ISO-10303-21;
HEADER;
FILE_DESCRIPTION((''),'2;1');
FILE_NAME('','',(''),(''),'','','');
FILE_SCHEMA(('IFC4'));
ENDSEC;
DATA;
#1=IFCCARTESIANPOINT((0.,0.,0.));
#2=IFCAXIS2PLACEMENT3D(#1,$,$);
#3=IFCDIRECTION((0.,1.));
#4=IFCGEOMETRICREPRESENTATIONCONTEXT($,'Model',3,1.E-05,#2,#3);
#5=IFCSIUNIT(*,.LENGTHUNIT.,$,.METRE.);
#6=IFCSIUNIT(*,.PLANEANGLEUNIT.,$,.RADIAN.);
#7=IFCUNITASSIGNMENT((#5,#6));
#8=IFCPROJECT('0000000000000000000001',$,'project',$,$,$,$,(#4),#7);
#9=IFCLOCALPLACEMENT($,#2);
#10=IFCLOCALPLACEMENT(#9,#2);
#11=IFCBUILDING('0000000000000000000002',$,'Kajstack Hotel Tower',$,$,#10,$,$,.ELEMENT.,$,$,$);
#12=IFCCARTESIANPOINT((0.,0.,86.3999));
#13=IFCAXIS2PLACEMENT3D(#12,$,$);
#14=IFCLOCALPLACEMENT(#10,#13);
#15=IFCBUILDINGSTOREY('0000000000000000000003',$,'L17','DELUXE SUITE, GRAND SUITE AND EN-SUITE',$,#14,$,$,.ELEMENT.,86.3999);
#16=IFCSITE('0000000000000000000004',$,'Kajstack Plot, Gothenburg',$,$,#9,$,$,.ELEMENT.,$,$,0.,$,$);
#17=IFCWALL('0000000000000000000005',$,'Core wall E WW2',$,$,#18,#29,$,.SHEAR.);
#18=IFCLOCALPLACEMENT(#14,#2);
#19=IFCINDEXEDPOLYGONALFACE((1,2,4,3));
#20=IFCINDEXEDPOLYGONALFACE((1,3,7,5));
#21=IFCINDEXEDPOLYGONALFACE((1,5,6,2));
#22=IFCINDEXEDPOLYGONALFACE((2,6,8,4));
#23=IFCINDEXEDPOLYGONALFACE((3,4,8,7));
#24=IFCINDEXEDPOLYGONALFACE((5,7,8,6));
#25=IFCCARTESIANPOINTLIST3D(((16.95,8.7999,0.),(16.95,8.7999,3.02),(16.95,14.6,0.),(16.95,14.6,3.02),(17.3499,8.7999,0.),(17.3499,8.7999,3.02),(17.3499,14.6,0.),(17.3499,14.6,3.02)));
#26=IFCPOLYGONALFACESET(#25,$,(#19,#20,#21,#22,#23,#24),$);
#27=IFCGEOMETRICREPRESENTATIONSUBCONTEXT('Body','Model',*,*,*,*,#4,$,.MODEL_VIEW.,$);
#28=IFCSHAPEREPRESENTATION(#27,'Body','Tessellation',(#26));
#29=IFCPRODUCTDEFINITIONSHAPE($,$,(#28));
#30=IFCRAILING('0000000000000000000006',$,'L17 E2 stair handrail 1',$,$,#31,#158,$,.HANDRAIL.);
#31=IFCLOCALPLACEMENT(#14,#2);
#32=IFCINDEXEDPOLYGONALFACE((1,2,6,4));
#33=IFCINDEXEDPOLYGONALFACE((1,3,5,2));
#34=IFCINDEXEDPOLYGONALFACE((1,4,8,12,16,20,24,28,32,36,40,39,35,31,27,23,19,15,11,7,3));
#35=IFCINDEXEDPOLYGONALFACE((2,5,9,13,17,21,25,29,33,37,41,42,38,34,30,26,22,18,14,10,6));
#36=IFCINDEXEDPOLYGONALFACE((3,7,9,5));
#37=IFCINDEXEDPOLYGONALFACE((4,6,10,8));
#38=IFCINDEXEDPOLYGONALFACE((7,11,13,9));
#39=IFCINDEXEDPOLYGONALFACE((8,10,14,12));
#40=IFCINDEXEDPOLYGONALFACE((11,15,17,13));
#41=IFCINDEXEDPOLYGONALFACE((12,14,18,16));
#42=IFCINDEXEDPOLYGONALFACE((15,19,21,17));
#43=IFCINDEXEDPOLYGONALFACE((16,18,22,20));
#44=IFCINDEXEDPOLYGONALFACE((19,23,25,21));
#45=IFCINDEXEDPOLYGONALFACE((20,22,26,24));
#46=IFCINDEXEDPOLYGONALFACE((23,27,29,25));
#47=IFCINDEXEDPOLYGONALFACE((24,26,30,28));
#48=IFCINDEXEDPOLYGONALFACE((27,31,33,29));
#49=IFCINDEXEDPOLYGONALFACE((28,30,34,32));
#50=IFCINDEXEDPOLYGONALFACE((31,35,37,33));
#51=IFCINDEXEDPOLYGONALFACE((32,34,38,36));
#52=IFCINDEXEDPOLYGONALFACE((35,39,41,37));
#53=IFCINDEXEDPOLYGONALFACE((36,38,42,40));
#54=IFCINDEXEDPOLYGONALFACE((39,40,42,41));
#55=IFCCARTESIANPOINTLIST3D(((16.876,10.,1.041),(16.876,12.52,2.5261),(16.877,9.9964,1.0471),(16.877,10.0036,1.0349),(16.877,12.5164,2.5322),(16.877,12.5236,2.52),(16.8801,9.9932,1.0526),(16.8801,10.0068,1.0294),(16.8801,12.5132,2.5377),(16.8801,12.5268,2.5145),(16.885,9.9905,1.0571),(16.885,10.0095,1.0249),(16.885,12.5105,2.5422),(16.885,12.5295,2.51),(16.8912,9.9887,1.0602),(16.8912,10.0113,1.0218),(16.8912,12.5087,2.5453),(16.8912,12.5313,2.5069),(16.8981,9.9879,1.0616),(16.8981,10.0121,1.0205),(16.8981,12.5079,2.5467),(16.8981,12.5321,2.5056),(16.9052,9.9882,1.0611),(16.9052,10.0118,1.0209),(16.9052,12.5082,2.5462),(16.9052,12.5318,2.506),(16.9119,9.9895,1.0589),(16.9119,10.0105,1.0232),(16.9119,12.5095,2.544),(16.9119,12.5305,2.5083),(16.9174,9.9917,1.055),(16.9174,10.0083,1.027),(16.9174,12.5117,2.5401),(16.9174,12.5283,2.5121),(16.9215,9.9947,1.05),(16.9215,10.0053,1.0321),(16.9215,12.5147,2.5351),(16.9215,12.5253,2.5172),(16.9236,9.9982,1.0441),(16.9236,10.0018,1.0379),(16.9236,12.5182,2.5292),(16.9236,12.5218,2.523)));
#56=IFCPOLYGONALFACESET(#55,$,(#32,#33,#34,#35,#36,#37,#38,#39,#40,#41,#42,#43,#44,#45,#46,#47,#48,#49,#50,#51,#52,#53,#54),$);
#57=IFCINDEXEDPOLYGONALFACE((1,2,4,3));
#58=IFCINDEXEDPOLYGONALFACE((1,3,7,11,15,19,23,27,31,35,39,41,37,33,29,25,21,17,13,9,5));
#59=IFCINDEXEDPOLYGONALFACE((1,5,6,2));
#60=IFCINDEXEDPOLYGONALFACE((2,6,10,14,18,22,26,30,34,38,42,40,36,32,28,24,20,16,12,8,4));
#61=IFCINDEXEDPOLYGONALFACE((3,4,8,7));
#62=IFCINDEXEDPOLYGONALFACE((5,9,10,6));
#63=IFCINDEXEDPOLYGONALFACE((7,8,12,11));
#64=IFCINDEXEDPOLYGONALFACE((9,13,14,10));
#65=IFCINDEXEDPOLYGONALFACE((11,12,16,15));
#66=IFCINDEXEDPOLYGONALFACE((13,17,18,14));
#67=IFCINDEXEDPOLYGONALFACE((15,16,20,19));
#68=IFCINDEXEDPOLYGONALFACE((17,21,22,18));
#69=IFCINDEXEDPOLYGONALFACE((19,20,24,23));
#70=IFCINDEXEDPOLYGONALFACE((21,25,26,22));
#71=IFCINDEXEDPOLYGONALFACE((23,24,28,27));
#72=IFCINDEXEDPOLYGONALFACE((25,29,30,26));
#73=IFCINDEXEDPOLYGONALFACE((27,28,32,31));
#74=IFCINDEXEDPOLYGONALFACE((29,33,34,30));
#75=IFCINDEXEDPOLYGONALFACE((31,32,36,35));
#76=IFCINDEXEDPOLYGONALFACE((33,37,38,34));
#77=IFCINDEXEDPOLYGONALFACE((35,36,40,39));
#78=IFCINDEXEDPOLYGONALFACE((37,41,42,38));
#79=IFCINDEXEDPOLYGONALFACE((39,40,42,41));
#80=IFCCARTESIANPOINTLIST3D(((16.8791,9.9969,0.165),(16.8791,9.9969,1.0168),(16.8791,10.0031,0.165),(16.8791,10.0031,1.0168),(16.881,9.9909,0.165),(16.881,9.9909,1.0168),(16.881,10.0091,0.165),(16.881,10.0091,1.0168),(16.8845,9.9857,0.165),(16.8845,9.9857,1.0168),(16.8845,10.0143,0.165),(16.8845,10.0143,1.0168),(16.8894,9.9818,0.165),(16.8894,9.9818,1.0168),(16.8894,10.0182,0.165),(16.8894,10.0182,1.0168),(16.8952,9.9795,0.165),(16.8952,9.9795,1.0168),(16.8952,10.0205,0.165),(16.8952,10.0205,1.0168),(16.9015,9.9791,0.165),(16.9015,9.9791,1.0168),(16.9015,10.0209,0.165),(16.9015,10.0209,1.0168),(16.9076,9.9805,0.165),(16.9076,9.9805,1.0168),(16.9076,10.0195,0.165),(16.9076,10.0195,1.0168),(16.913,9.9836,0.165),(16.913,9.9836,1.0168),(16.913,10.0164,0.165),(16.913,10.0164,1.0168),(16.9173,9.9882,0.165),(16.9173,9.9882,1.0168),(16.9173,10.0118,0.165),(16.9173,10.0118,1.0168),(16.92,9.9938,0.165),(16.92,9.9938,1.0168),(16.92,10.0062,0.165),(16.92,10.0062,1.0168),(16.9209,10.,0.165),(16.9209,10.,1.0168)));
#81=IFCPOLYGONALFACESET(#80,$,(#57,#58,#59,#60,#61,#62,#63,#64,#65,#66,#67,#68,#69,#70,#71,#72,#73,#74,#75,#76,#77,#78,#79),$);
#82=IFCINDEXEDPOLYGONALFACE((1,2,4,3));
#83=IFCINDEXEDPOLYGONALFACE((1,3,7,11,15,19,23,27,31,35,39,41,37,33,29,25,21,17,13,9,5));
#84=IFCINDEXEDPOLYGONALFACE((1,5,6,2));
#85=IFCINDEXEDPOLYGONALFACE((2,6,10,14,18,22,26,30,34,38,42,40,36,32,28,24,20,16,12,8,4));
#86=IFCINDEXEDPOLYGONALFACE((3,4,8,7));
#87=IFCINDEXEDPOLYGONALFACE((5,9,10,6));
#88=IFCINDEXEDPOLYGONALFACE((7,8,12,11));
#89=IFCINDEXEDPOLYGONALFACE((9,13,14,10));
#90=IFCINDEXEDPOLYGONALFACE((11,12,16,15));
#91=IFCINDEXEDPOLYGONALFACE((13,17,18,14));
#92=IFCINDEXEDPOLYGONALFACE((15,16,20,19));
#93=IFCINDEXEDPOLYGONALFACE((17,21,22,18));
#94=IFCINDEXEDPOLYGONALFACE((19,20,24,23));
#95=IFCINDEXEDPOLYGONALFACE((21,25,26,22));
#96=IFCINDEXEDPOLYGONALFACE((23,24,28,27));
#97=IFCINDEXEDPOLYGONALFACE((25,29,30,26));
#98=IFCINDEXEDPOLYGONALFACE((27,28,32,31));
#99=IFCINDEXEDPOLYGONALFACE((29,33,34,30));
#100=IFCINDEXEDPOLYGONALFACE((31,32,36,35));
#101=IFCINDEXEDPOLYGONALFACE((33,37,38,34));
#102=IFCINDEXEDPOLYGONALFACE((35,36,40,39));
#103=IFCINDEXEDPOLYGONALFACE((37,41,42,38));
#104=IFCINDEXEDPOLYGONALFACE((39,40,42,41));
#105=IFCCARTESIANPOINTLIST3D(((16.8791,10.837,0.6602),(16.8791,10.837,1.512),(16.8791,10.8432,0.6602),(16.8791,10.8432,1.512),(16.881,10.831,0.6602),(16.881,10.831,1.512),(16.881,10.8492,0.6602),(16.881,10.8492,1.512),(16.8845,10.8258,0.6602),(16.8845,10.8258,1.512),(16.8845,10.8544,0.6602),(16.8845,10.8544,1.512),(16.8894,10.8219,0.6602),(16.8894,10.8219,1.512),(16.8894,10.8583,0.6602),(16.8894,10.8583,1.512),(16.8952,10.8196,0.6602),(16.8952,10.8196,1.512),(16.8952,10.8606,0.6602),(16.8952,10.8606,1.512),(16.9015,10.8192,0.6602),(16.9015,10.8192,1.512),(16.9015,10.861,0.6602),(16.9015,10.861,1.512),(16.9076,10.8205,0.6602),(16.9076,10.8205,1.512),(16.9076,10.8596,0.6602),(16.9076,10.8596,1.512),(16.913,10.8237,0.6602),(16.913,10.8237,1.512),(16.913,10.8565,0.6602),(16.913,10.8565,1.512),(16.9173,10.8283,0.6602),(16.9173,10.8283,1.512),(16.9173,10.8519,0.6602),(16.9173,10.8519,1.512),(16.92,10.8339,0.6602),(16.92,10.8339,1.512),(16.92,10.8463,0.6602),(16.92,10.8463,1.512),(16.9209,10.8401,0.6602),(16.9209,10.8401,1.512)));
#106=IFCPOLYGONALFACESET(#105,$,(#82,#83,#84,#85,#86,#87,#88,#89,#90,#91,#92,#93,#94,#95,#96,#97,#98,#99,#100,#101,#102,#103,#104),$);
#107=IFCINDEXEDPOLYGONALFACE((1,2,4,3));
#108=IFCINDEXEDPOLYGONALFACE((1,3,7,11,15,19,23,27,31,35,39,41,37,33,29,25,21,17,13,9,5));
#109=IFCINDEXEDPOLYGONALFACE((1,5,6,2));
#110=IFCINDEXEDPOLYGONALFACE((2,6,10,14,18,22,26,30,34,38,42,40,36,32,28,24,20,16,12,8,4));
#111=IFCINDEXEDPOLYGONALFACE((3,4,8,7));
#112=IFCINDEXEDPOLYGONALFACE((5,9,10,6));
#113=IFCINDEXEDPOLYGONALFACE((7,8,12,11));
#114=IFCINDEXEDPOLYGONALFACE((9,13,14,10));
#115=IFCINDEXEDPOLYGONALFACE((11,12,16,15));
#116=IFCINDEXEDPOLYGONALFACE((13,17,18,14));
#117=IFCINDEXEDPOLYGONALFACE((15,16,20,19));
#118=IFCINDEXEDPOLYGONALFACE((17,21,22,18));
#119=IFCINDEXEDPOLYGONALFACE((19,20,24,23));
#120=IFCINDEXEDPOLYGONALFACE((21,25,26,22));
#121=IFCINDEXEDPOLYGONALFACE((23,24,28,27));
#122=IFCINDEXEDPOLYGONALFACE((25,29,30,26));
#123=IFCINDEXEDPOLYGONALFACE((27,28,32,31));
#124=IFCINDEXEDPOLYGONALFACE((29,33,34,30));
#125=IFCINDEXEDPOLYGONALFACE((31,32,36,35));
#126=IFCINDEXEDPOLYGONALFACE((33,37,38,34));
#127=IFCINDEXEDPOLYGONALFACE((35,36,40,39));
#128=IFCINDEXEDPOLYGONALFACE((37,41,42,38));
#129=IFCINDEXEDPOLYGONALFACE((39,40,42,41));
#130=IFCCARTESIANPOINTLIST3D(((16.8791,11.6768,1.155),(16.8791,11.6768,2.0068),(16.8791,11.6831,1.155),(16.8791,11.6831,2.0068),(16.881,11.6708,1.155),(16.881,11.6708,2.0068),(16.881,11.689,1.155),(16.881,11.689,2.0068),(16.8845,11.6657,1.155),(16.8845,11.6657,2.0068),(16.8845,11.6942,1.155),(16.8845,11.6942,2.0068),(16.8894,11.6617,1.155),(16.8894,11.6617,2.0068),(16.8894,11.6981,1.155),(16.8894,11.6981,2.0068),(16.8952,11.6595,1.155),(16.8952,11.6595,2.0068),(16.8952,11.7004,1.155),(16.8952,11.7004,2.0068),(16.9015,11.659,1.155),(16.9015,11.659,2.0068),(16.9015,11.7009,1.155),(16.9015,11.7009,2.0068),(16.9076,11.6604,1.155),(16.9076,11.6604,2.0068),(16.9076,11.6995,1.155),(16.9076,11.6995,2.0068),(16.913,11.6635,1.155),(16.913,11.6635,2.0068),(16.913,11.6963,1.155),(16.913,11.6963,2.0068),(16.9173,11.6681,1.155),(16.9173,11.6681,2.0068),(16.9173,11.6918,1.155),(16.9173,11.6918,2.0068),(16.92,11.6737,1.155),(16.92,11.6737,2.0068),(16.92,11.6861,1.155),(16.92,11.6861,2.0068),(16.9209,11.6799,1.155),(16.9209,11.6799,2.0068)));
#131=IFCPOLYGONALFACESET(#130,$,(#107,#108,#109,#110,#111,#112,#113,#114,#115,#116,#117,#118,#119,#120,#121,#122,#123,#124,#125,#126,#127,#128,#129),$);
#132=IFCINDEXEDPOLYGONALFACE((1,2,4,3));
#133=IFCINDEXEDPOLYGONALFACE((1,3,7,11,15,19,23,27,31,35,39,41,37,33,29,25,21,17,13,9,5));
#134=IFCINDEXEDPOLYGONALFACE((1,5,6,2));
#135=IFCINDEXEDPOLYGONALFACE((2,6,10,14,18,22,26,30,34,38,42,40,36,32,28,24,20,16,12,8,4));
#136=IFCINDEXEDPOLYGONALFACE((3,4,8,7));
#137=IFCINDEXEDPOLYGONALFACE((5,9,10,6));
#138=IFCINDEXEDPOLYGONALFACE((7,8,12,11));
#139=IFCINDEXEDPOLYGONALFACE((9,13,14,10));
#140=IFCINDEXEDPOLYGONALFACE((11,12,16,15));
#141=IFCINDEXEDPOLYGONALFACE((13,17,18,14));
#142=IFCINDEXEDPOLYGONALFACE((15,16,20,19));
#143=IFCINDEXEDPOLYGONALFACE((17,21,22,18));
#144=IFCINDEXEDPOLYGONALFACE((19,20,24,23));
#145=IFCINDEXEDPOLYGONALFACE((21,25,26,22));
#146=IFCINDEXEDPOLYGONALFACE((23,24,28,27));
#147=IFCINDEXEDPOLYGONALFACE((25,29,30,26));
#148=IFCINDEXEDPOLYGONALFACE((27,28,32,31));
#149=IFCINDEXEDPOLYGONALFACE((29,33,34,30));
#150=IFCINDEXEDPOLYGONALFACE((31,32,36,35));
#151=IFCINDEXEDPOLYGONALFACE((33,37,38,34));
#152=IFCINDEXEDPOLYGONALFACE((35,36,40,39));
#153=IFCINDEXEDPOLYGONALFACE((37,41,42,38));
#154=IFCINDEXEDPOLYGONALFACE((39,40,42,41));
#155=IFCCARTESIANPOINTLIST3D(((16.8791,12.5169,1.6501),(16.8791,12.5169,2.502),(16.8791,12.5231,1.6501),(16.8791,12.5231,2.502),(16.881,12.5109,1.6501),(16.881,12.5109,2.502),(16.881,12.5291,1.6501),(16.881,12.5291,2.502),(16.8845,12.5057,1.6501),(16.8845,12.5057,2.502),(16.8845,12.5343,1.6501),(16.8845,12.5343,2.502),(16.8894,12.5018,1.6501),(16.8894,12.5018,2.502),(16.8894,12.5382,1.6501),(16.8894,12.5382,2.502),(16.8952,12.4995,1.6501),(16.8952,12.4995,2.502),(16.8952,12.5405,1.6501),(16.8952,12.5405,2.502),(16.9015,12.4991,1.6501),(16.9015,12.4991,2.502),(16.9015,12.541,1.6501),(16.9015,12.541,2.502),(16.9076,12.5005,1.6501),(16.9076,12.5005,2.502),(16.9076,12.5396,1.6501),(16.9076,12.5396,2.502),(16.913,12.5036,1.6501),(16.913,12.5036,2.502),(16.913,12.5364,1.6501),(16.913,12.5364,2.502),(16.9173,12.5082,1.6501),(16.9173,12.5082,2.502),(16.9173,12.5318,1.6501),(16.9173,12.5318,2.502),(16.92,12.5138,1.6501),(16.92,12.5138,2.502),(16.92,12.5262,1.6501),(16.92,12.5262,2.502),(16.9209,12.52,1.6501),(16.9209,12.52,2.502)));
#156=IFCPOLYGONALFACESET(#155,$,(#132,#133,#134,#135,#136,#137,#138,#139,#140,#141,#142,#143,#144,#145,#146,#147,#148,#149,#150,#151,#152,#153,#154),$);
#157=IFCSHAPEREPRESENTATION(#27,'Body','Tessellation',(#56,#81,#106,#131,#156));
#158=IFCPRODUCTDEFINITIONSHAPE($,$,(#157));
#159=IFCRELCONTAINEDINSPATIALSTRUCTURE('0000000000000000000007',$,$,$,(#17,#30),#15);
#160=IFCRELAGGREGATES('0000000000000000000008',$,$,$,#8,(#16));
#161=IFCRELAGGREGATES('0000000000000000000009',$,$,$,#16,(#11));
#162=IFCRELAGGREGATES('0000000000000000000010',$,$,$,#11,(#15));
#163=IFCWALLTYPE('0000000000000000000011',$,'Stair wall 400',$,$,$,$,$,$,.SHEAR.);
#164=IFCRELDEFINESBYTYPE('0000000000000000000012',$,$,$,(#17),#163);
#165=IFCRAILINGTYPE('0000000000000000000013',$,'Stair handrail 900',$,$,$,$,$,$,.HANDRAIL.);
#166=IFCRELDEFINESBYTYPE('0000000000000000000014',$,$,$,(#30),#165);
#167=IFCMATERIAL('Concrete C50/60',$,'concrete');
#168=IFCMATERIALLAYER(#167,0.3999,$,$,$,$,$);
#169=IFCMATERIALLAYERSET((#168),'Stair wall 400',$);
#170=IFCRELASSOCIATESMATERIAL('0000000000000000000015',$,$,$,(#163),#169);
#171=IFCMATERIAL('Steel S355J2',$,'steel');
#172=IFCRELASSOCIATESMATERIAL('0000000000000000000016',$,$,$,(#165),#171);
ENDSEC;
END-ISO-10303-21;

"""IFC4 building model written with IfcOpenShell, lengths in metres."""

from ifc_helpers import new_model, si_unit, direction, frame, frame_2d, origin, origin_2d, place, context, subcontext, project, spatial, rectangle, circle, extrude, material, layer, layer_set, type_object, element, save


model = new_model("IFC4")

# Units and contexts
model_context = context("Model", 3, precision=1e-05, world=origin(), true_north=direction((0.0, 1.0)))
body_context = subcontext(model_context, "Body", "Model", "MODEL_VIEW")
ifc_project = project(units=[si_unit("LENGTHUNIT", "METRE"), si_unit("PLANEANGLEUNIT", "RADIAN")], contexts=[model_context])

# Site, building, storey
site_placement = place(None, origin())
site = spatial("IfcSite", under=ifc_project, at=site_placement, Name="Kajstack Plot, Gothenburg", CompositionType="ELEMENT", RefElevation=0.0)
building_placement = place(site_placement, origin())
building = spatial("IfcBuilding", under=site, at=building_placement, Name="Kajstack Hotel Tower", CompositionType="ELEMENT")
storey_placement = place(building_placement, frame((0.0, 0.0, 86.3999)))
storey = spatial("IfcBuildingStorey", under=building, at=storey_placement, Name="L17", Description="DELUXE SUITE, GRAND SUITE AND EN-SUITE", CompositionType="ELEMENT", Elevation=86.3999)

# Shared definitions
ifc_material_1 = material(Name="Concrete C50/60", Category="concrete")

# Wall
ifc_layer_1 = layer(ifc_material_1, 0.3999)
ifc_layer_set_1 = layer_set([ifc_layer_1], Name="Stair wall 400")
wall_type_1 = type_object("IfcWallType", Name="Stair wall 400", PredefinedType="SHEAR", material=ifc_layer_set_1)
wall_1_placement = place(storey_placement, frame((17.1499, 8.8, 0.0), z_axis=(0.0, 0.0, 1.0), x_axis=(0.0, 1.0, 0.0)))
element("IfcWall", 1, at=wall_1_placement, inside=storey, type_object=wall_type_1, Name="Core wall E WW2", PredefinedType="SHEAR", context=body_context, shape_type="SweptSolid", body=[
    extrude(rectangle(XDim=5.8, YDim=0.3999, at=frame_2d((2.8999, 0.0))), origin(), (0.0, 0.0, 1.0), 3.02),
])

# Railing
ifc_material_2 = material(Name="Steel S355J2", Category="steel")
railing_type_1 = type_object("IfcRailingType", Name="Stair handrail 900", PredefinedType="HANDRAIL", material=ifc_material_2)
railing_1_placement = place(storey_placement, frame((16.8999, 10.0, 0.165)))
element("IfcRailing", 2, at=railing_1_placement, inside=storey, type_object=railing_type_1, Name="L17 E2 stair handrail 1", PredefinedType="HANDRAIL", context=body_context, shape_type="SweptSolid", body=[
    extrude(circle(Radius=0.0239, at=origin_2d()), frame((0.0, 0.0, 0.876), z_axis=(0.0, 0.861524, 0.507717), x_axis=(-1.0, 0.0, 0.0)), (0.0, 0.0, 1.0), 2.925),
    extrude(circle(Radius=0.021, at=origin_2d()), origin(), (0.0, 0.0, 1.0), 0.8518),
    extrude(circle(Radius=0.021, at=origin_2d()), frame((0.0, 0.8401, 0.4951)), (0.0, 0.0, 1.0), 0.8518),
    extrude(circle(Radius=0.021, at=origin_2d()), frame((0.0, 1.6799, 0.99)), (0.0, 0.0, 1.0), 0.8518),
    extrude(circle(Radius=0.021, at=origin_2d()), frame((0.0, 2.52, 1.4851)), (0.0, 0.0, 1.0), 0.8518),
])

save(model, "model.ifc")
